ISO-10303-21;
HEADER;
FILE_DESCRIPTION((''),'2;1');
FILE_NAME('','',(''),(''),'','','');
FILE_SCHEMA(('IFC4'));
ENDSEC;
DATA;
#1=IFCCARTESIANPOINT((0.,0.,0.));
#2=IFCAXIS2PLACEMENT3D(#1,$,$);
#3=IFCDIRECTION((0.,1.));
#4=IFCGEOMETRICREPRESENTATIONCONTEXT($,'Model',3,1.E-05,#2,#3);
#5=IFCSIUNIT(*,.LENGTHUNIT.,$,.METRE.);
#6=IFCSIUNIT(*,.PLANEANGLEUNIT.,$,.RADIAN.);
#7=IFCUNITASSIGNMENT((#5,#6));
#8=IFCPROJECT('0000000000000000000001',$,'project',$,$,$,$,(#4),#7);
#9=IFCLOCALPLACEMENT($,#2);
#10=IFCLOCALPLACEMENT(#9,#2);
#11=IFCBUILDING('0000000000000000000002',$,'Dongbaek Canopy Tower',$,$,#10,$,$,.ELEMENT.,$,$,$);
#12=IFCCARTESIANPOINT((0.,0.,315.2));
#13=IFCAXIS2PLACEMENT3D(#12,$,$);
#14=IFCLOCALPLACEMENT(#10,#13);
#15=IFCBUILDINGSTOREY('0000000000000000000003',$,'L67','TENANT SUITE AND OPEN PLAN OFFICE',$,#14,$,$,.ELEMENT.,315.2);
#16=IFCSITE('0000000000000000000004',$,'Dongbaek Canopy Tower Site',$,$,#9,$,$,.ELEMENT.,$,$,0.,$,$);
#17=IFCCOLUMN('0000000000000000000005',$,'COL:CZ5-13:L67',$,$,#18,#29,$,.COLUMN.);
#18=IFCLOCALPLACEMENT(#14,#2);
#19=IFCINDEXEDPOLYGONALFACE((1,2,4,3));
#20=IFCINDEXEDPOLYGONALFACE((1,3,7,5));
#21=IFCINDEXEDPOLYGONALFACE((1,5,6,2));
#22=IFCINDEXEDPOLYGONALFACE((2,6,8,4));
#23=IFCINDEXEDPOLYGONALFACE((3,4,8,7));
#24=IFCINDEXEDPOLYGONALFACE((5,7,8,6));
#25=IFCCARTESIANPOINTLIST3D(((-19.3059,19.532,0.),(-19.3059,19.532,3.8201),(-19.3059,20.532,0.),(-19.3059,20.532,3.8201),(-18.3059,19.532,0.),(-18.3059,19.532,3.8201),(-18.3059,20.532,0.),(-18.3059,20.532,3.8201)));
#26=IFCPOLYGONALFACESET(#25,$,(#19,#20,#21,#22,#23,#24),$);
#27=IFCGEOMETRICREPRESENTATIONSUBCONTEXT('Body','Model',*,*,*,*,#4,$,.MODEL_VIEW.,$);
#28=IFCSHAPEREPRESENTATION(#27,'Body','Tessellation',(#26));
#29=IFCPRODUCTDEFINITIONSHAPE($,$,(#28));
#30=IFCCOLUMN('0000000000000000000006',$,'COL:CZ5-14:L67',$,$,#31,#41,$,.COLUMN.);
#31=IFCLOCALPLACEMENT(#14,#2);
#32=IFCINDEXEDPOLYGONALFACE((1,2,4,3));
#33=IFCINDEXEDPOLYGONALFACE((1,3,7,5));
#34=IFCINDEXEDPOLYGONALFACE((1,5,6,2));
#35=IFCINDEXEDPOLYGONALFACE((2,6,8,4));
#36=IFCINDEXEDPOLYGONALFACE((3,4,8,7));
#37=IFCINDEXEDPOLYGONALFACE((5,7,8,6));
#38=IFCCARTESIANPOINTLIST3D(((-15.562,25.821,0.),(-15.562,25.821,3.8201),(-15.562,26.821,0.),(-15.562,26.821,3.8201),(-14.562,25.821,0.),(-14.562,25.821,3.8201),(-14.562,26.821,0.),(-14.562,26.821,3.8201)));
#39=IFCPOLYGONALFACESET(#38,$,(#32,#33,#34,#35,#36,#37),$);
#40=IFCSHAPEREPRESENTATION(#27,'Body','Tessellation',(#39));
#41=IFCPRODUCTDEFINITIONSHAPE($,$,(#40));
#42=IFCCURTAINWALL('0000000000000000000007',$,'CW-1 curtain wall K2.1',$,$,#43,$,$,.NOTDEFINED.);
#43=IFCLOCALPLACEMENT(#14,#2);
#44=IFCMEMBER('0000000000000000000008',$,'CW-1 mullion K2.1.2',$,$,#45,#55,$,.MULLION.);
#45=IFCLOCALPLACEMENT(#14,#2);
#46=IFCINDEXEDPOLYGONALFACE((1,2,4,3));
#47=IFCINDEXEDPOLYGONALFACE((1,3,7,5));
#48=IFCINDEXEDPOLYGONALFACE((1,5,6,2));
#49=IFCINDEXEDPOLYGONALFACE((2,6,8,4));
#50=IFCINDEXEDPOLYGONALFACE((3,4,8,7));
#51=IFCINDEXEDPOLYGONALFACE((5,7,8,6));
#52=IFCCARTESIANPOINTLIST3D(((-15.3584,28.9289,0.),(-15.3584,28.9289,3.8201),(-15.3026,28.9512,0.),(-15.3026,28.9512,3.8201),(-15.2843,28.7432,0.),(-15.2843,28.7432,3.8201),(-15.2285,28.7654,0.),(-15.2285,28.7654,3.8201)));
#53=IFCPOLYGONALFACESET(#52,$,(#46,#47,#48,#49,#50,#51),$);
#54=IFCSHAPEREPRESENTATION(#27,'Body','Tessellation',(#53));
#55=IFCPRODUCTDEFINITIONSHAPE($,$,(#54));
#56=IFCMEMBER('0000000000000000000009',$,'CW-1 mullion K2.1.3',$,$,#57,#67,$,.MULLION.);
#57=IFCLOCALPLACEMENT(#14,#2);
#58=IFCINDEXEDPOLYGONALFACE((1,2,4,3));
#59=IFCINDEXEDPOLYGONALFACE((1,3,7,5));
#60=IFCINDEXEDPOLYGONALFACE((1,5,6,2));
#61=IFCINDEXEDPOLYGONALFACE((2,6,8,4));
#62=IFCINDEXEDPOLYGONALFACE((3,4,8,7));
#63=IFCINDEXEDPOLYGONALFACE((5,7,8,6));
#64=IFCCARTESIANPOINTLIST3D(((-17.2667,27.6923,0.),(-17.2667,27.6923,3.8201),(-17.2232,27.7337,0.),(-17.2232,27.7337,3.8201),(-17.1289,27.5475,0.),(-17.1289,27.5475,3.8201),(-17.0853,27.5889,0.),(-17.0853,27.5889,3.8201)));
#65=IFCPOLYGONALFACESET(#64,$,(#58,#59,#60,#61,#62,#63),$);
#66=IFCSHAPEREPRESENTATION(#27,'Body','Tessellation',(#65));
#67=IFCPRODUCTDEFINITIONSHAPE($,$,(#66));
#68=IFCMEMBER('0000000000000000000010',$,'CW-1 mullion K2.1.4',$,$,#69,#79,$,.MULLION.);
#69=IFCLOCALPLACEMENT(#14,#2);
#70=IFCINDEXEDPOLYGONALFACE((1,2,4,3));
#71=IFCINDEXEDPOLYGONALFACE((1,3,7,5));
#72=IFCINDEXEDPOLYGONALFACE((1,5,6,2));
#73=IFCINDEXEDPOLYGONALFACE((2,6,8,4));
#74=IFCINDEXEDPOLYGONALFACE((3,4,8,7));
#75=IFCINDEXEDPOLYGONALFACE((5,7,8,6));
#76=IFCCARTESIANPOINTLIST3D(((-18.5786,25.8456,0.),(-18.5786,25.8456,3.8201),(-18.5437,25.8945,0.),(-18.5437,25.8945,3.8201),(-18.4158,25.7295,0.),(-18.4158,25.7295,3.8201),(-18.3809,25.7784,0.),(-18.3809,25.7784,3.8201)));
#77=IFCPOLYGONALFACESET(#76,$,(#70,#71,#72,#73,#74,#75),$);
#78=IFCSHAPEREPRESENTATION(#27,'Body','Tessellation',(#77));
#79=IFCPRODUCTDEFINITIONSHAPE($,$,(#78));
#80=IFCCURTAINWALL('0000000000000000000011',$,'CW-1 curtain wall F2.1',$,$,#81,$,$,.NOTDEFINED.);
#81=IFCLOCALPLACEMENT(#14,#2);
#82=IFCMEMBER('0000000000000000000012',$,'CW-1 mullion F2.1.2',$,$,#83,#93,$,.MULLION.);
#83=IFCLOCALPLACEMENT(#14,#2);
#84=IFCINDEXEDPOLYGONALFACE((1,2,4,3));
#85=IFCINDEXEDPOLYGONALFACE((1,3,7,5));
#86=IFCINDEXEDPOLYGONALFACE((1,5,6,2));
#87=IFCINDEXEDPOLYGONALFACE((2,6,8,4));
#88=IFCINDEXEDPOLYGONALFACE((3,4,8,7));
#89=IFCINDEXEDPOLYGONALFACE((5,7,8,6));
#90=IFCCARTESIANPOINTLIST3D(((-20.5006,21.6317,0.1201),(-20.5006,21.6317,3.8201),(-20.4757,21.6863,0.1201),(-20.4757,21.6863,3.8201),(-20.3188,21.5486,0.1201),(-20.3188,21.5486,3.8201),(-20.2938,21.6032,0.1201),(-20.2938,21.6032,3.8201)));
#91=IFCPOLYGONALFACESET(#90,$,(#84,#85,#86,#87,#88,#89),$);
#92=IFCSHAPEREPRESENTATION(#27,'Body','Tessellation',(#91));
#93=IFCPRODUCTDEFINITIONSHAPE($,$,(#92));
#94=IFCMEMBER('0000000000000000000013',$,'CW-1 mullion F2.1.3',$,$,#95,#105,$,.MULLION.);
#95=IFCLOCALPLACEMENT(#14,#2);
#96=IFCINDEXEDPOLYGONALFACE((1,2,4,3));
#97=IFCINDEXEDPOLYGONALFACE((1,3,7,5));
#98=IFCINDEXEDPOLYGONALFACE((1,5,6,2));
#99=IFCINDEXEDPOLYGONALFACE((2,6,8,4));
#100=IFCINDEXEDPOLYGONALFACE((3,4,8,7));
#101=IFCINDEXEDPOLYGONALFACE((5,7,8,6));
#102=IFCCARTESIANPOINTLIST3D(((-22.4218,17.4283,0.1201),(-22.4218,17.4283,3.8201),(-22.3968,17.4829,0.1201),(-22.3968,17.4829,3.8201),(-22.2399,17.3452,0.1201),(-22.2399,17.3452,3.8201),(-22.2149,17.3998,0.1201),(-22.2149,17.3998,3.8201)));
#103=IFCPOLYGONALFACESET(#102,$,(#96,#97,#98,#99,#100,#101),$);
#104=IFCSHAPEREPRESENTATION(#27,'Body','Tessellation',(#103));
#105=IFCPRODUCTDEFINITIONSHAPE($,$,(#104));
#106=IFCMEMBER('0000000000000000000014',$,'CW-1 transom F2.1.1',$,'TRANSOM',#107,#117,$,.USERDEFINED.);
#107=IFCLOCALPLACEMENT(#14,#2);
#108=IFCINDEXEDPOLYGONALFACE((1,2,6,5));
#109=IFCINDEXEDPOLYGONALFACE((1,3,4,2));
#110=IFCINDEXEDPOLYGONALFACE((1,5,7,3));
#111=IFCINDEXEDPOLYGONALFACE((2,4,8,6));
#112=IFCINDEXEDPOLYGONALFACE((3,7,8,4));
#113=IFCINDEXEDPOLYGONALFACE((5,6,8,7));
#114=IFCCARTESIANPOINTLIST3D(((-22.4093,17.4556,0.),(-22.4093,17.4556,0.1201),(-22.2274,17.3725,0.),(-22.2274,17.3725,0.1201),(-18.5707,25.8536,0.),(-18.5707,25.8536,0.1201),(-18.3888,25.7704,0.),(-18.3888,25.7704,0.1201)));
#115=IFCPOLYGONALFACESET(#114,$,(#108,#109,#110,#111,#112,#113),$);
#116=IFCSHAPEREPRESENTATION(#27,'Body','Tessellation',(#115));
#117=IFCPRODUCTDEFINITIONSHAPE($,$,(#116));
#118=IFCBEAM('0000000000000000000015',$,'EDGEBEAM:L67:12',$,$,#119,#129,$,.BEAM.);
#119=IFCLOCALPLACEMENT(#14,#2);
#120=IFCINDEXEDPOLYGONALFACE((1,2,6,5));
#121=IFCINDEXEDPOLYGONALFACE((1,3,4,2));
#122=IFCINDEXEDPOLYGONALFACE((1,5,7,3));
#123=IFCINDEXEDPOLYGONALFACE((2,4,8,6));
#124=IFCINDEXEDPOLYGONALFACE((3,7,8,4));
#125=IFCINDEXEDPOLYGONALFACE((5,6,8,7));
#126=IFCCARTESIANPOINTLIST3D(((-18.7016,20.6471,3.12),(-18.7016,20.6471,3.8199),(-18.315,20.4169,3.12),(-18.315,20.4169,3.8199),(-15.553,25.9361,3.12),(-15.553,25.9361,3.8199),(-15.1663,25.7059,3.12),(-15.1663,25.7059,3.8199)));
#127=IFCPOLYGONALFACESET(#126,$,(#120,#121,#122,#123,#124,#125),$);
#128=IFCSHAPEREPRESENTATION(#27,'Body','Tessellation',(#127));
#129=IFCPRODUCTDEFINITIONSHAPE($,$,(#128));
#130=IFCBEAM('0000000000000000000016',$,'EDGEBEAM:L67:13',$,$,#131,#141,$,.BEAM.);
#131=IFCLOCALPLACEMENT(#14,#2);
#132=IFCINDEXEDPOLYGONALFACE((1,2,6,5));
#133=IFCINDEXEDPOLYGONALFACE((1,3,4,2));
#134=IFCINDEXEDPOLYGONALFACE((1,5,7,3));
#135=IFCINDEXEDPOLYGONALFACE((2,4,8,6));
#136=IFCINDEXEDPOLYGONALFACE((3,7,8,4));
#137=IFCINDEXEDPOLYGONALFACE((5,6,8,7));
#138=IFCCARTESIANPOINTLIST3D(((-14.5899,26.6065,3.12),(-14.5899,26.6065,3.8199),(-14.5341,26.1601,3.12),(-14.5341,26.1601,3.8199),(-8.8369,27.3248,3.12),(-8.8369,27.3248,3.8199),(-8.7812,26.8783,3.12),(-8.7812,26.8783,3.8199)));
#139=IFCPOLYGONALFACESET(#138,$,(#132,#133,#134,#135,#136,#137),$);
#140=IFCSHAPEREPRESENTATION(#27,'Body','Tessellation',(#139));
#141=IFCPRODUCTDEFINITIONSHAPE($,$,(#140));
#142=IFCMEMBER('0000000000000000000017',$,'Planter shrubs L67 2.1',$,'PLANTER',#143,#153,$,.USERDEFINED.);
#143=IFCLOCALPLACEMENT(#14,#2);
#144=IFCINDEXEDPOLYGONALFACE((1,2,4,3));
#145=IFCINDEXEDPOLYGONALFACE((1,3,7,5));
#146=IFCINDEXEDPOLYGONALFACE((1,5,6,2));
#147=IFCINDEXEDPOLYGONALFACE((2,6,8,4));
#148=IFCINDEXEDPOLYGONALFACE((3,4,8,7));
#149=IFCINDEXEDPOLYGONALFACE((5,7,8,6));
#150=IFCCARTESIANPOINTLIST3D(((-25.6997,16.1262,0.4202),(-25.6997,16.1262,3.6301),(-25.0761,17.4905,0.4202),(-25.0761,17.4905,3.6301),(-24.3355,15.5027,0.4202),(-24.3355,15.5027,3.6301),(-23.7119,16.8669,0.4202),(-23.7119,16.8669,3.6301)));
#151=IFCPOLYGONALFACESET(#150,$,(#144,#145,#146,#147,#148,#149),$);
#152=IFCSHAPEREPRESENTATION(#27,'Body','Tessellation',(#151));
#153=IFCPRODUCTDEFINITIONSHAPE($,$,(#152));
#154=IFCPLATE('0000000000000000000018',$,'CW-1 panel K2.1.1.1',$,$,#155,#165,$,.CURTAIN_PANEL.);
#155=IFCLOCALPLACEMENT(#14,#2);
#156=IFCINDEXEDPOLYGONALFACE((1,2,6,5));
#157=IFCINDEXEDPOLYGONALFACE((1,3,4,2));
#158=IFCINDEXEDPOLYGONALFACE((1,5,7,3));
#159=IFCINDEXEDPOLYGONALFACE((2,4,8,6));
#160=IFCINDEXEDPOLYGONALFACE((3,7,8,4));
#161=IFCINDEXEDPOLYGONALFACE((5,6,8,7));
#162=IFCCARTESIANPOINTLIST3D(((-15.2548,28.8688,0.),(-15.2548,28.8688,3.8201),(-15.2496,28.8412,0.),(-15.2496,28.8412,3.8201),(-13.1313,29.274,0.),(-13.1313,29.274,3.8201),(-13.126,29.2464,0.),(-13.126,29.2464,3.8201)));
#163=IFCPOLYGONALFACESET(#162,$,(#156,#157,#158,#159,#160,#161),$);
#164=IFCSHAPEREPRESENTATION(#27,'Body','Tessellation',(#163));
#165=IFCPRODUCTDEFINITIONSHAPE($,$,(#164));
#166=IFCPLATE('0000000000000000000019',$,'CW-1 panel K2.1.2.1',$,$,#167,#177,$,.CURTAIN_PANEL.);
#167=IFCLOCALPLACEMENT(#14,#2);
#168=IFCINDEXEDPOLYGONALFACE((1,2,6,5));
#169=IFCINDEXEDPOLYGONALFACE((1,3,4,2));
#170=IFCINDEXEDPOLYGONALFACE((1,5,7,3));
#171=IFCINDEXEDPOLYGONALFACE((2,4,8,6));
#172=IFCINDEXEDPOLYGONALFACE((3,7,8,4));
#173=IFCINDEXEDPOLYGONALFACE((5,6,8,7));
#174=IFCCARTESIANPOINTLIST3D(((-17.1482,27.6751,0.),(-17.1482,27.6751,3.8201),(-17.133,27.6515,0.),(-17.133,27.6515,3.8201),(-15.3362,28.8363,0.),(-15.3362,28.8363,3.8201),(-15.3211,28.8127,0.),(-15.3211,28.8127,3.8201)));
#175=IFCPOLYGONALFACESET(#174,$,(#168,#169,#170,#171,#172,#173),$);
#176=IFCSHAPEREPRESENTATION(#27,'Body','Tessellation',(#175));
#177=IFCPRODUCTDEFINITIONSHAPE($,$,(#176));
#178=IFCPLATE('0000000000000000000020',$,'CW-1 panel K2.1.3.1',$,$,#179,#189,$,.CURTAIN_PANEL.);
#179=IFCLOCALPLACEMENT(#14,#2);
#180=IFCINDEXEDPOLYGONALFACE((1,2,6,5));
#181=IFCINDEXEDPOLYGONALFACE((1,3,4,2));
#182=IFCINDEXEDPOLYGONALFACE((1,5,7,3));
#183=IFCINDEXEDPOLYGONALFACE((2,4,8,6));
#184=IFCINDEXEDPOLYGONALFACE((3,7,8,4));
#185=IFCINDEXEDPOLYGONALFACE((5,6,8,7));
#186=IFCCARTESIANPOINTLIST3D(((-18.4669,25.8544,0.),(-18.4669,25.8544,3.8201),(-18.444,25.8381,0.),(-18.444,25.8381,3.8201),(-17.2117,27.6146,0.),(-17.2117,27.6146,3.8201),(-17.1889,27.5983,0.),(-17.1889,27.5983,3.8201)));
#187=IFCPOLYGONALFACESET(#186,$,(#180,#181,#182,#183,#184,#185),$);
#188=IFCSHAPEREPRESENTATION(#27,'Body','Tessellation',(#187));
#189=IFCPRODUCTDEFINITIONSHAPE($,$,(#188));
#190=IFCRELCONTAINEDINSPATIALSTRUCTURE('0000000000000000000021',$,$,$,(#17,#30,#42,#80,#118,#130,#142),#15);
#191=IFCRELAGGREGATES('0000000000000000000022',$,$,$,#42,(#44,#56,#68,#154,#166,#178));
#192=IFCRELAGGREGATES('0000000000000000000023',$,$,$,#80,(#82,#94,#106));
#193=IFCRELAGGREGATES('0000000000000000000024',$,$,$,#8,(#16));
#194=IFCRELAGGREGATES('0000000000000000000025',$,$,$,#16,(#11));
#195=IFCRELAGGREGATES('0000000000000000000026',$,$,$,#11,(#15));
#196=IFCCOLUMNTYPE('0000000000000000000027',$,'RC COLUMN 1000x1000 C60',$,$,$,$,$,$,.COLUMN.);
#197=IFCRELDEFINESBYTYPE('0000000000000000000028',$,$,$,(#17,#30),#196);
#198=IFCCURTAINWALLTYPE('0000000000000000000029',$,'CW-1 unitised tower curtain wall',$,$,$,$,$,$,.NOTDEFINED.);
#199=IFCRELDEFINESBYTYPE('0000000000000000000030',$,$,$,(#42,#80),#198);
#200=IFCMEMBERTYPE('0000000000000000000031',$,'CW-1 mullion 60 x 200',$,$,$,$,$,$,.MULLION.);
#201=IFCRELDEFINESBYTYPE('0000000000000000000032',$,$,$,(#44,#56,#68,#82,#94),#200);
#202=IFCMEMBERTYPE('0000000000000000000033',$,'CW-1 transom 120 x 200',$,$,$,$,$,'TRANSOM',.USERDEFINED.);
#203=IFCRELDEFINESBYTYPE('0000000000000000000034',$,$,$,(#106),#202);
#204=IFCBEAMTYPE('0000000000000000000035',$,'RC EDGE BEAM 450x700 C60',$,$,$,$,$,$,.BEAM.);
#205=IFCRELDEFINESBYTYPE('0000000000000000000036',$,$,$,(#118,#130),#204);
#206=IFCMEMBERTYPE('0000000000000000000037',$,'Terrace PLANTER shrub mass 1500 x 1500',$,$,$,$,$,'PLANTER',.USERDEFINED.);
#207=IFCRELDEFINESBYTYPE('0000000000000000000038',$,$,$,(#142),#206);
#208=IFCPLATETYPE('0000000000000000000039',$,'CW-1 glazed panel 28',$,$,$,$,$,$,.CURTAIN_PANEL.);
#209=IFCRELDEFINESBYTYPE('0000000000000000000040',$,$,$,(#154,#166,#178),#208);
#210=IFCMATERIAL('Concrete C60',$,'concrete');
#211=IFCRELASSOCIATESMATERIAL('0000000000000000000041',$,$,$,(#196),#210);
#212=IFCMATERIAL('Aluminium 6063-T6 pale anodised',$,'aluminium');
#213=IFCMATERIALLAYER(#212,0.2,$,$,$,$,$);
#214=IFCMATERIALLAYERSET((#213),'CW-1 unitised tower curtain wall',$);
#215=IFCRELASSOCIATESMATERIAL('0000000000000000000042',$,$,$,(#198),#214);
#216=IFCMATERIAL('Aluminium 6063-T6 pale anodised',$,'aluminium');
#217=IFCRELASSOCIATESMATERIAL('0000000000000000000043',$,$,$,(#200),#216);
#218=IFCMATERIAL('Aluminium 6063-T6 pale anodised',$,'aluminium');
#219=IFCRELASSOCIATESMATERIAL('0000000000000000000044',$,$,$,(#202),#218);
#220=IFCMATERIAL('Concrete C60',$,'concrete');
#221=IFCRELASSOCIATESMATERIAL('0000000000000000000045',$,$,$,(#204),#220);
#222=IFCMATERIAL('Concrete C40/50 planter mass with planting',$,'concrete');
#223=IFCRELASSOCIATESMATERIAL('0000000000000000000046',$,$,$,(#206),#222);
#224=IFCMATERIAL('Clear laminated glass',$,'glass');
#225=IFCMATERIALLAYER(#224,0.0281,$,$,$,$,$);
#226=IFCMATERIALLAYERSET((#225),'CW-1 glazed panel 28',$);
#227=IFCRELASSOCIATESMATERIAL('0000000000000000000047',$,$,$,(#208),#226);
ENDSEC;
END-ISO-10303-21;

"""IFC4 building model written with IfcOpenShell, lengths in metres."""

from ifc_helpers import new_model, si_unit, direction, frame, origin, origin_2d, place, context, subcontext, project, spatial, rectangle, extrude, material, layer, layer_set, material_profile, profile_set, type_object, element, aggregate, save


model = new_model("IFC4")

# Units and contexts
model_context = context("Model", 3, precision=1e-05, world=origin(), true_north=direction((0.0, 1.0)))
body_context = subcontext(model_context, "Body", "Model", "MODEL_VIEW")
ifc_project = project(units=[si_unit("LENGTHUNIT", "METRE"), si_unit("PLANEANGLEUNIT", "RADIAN")], contexts=[model_context])

# Site, building, storey
site_placement = place(None, origin())
site = spatial("IfcSite", under=ifc_project, at=site_placement, Name="Dongbaek Canopy Tower Site", CompositionType="ELEMENT", RefElevation=0.0)
building_placement = place(site_placement, origin())
building = spatial("IfcBuilding", under=site, at=building_placement, Name="Dongbaek Canopy Tower", CompositionType="ELEMENT")
storey_placement = place(building_placement, frame((0.0, 0.0, 315.2)))
storey = spatial("IfcBuildingStorey", under=building, at=storey_placement, Name="L67", Description="TENANT SUITE AND OPEN PLAN OFFICE", CompositionType="ELEMENT", Elevation=315.2)

# Columns
ifc_material_1 = material(Name="Concrete C60", Category="concrete")
ifc_material_profile_1 = material_profile(ifc_material_1, rectangle(XDim=1.0, YDim=1.0, at=origin_2d()), Name="RC COLUMN 1000x1000 C60")
ifc_profile_set_1 = profile_set([ifc_material_profile_1], Name="Concrete C60")
column_type = type_object("IfcColumnType", Name="RC COLUMN 1000x1000 C60", PredefinedType="COLUMN", material=ifc_profile_set_1)
for number, where, z_axis, x_axis, name in (
    (1, (-18.8059, 20.032, 0.0), (0.0, 0.0, 1.0), (1.0, 0.0, 0.0), "COL:CZ5-13:L67"),
    (2, (-15.062, 26.321, 0.0), (0.0, 0.0, 1.0), (1.0, 0.0, 0.0), "COL:CZ5-14:L67"),
):
    element("IfcColumn", number, at=place(storey_placement, frame(where, z_axis=z_axis, x_axis=x_axis)), inside=storey, type_object=column_type, Name=name, PredefinedType="COLUMN", context=body_context, shape_type="SweptSolid", body=[
        extrude(rectangle(XDim=1.0, YDim=1.0, at=origin_2d()), origin(), (0.0, 0.0, 1.0), 3.8201),
    ])

# Curtain walls, members
ifc_material_2 = material(Name="Aluminium 6063-T6 pale anodised", Category="aluminium")
ifc_layer_1 = layer(ifc_material_2, 0.2)
ifc_layer_set_1 = layer_set([ifc_layer_1], Name="CW-1 unitised tower curtain wall")
curtain_wall_type = type_object("IfcCurtainWallType", Name="CW-1 unitised tower curtain wall", PredefinedType="NOTDEFINED", material=ifc_layer_set_1)
curtain_wall_1_placement = place(storey_placement, origin())
curtain_wall_1 = element("IfcCurtainWall", 3, at=curtain_wall_1_placement, inside=storey, type_object=curtain_wall_type, Name="CW-1 curtain wall K2.1", PredefinedType="NOTDEFINED")
ifc_material_3 = material(Name="Aluminium 6063-T6 pale anodised", Category="aluminium")
ifc_material_profile_2 = material_profile(ifc_material_3, rectangle(XDim=0.2, YDim=0.0601, at=origin_2d()), Name="CW-1 mullion 60 x 200")
ifc_profile_set_2 = profile_set([ifc_material_profile_2], Name="Aluminium 6063-T6 pale anodised")
member_type_1 = type_object("IfcMemberType", Name="CW-1 mullion 60 x 200", PredefinedType="MULLION", material=ifc_profile_set_2)
member_1_placement = place(storey_placement, frame((-15.2935, 28.8472, 0.0), z_axis=(0.0, 0.0, 1.0), x_axis=(-0.370211, 0.928948, 0.0)))
member_1 = element("IfcMember", 4, at=member_1_placement, type_object=member_type_1, Name="CW-1 mullion K2.1.2", PredefinedType="MULLION", context=body_context, shape_type="SweptSolid", body=[
    extrude(rectangle(XDim=0.2, YDim=0.0601, at=origin_2d()), origin(), (0.0, 0.0, 1.0), 3.8201),
])
member_2_placement = place(storey_placement, frame((-17.176, 27.6406, 0.0), z_axis=(0.0, 0.0, 1.0), x_axis=(-0.689395, 0.724386, 0.0)))
member_2 = element("IfcMember", 5, at=member_2_placement, type_object=member_type_1, Name="CW-1 mullion K2.1.3", PredefinedType="MULLION", context=body_context, shape_type="SweptSolid", body=[
    extrude(rectangle(XDim=0.2, YDim=0.0601, at=origin_2d()), origin(), (0.0, 0.0, 1.0), 3.8201),
])
member_3_placement = place(storey_placement, frame((-18.4797, 25.812, 0.0), z_axis=(0.0, 0.0, 1.0), x_axis=(-0.814207, 0.580575, 0.0)))
member_3 = element("IfcMember", 6, at=member_3_placement, type_object=member_type_1, Name="CW-1 mullion K2.1.4", PredefinedType="MULLION", context=body_context, shape_type="SweptSolid", body=[
    extrude(rectangle(XDim=0.2, YDim=0.0601, at=origin_2d()), origin(), (0.0, 0.0, 1.0), 3.8201),
])
curtain_wall_2_placement = place(storey_placement, origin())
curtain_wall_2 = element("IfcCurtainWall", 7, at=curtain_wall_2_placement, inside=storey, type_object=curtain_wall_type, Name="CW-1 curtain wall F2.1", PredefinedType="NOTDEFINED")
member_4_placement = place(storey_placement, frame((-20.3972, 21.6174, 0.1201), z_axis=(0.0, 0.0, 1.0), x_axis=(-0.909496, 0.415713, 0.0)))
member_4 = element("IfcMember", 8, at=member_4_placement, type_object=member_type_1, Name="CW-1 mullion F2.1.2", PredefinedType="MULLION", context=body_context, shape_type="SweptSolid", body=[
    extrude(rectangle(XDim=0.2, YDim=0.0601, at=origin_2d()), origin(), (0.0, 0.0, 1.0), 3.7),
])
member_5_placement = place(storey_placement, frame((-22.3184, 17.4141, 0.1201), z_axis=(0.0, 0.0, 1.0), x_axis=(-0.909496, 0.415713, 0.0)))
member_5 = element("IfcMember", 9, at=member_5_placement, type_object=member_type_1, Name="CW-1 mullion F2.1.3", PredefinedType="MULLION", context=body_context, shape_type="SweptSolid", body=[
    extrude(rectangle(XDim=0.2, YDim=0.0601, at=origin_2d()), origin(), (0.0, 0.0, 1.0), 3.7),
])
ifc_material_4 = material(Name="Aluminium 6063-T6 pale anodised", Category="aluminium")
ifc_material_profile_3 = material_profile(ifc_material_4, rectangle(XDim=0.2, YDim=0.1201, at=origin_2d()), Name="CW-1 transom 120 x 200")
ifc_profile_set_3 = profile_set([ifc_material_profile_3], Name="Aluminium 6063-T6 pale anodised")
member_type_2 = type_object("IfcMemberType", Name="CW-1 transom 120 x 200", ElementType="TRANSOM", PredefinedType="USERDEFINED", material=ifc_profile_set_3)
member_6_placement = place(storey_placement, frame((-18.4797, 25.812, 0.0601), z_axis=(-0.41572, -0.909492, 0.0), x_axis=(0.909492, -0.41572, 0.0)))
member_6 = element("IfcMember", 10, at=member_6_placement, type_object=member_type_2, Name="CW-1 transom F2.1.1", ObjectType="TRANSOM", PredefinedType="USERDEFINED", context=body_context, shape_type="SweptSolid", body=[
    extrude(rectangle(XDim=0.2, YDim=0.1201, at=origin_2d()), origin(), (0.0, 0.0, 1.0), 9.2336),
])

# Beams
ifc_material_5 = material(Name="Concrete C60", Category="concrete")
ifc_material_profile_4 = material_profile(ifc_material_5, rectangle(XDim=0.45, YDim=0.7, at=origin_2d()), Name="RC EDGE BEAM 450x700 C60")
ifc_profile_set_4 = profile_set([ifc_material_profile_4], Name="Concrete C60")
beam_type = type_object("IfcBeamType", Name="RC EDGE BEAM 450x700 C60", PredefinedType="BEAM", material=ifc_profile_set_4)
beam_1_placement = place(storey_placement, frame((-18.5083, 20.532, 3.47), z_axis=(0.511535, 0.859262, 0.0), x_axis=(-0.859262, 0.511535, 0.0)))
element("IfcBeam", 11, at=beam_1_placement, inside=storey, type_object=beam_type, Name="EDGEBEAM:L67:12", PredefinedType="BEAM", context=body_context, shape_type="SweptSolid", body=[
    extrude(rectangle(XDim=0.45, YDim=0.7, at=origin_2d()), origin(), (0.0, 0.0, 1.0), 6.1553),
])
beam_2_placement = place(storey_placement, frame((-14.562, 26.3833, 3.47), z_axis=(0.992296, 0.12389, 0.0), x_axis=(-0.12389, 0.992296, 0.0)))
element("IfcBeam", 12, at=beam_2_placement, inside=storey, type_object=beam_type, Name="EDGEBEAM:L67:13", PredefinedType="BEAM", context=body_context, shape_type="SweptSolid", body=[
    extrude(rectangle(XDim=0.45, YDim=0.7, at=origin_2d()), origin(), (0.0, 0.0, 1.0), 5.7976),
])

# Member
ifc_material_6 = material(Name="Concrete C40/50 planter mass with planting", Category="concrete")
ifc_material_profile_5 = material_profile(ifc_material_6, rectangle(XDim=1.5, YDim=1.5, at=origin_2d()), Name="Terrace PLANTER shrub mass 1500 x 1500")
ifc_profile_set_5 = profile_set([ifc_material_profile_5], Name="Concrete C40/50 planter mass with planting")
member_type_3 = type_object("IfcMemberType", Name="Terrace PLANTER shrub mass 1500 x 1500", ElementType="PLANTER", PredefinedType="USERDEFINED", material=ifc_profile_set_5)
member_7_placement = place(storey_placement, frame((-24.7058, 16.4966, 0.4202), z_axis=(0.0, 0.0, 1.0), x_axis=(-0.909496, 0.415713, 0.0)))
element("IfcMember", 13, at=member_7_placement, inside=storey, type_object=member_type_3, Name="Planter shrubs L67 2.1", ObjectType="PLANTER", PredefinedType="USERDEFINED", context=body_context, shape_type="SweptSolid", body=[
    extrude(rectangle(XDim=1.5, YDim=1.5, at=origin_2d()), origin(), (0.0, 0.0, 1.0), 3.21),
])

# Plates
ifc_material_7 = material(Name="Clear laminated glass", Category="glass")
ifc_layer_2 = layer(ifc_material_7, 0.0281)
ifc_layer_set_2 = layer_set([ifc_layer_2], Name="CW-1 glazed panel 28")
plate_type = type_object("IfcPlateType", Name="CW-1 glazed panel 28", PredefinedType="CURTAIN_PANEL", material=ifc_layer_set_2)
plate_1_placement = place(storey_placement, frame((-14.1904, 29.0576, 0.0), z_axis=(0.0, 0.0, 1.0), x_axis=(-0.982281, -0.187413, 0.0)))
plate_1 = element("IfcPlate", 14, at=plate_1_placement, type_object=plate_type, Name="CW-1 panel K2.1.1.1", PredefinedType="CURTAIN_PANEL", context=body_context, shape_type="SweptSolid", body=[
    extrude(rectangle(XDim=2.1619, YDim=0.0281, at=origin_2d()), origin(), (0.0, 0.0, 1.0), 3.8201),
])
plate_2_placement = place(storey_placement, frame((-16.2346, 28.2439, 0.0), z_axis=(0.0, 0.0, 1.0), x_axis=(-0.841931, -0.539586, 0.0)))
plate_2 = element("IfcPlate", 15, at=plate_2_placement, type_object=plate_type, Name="CW-1 panel K2.1.2.1", PredefinedType="CURTAIN_PANEL", context=body_context, shape_type="SweptSolid", body=[
    extrude(rectangle(XDim=2.1521, YDim=0.0281, at=origin_2d()), origin(), (0.0, 0.0, 1.0), 3.8201),
])
plate_3_placement = place(storey_placement, frame((-17.8279, 26.7263, 0.0), z_axis=(0.0, 0.0, 1.0), x_axis=(-0.580575, -0.814207, 0.0)))
plate_3 = element("IfcPlate", 16, at=plate_3_placement, type_object=plate_type, Name="CW-1 panel K2.1.3.1", PredefinedType="CURTAIN_PANEL", context=body_context, shape_type="SweptSolid", body=[
    extrude(rectangle(XDim=2.1619, YDim=0.0281, at=origin_2d()), origin(), (0.0, 0.0, 1.0), 3.8201),
])
aggregate(curtain_wall_1, [member_1, member_2, member_3, plate_1, plate_2, plate_3])

aggregate(curtain_wall_2, [member_4, member_5, member_6])

save(model, "model.ifc")
